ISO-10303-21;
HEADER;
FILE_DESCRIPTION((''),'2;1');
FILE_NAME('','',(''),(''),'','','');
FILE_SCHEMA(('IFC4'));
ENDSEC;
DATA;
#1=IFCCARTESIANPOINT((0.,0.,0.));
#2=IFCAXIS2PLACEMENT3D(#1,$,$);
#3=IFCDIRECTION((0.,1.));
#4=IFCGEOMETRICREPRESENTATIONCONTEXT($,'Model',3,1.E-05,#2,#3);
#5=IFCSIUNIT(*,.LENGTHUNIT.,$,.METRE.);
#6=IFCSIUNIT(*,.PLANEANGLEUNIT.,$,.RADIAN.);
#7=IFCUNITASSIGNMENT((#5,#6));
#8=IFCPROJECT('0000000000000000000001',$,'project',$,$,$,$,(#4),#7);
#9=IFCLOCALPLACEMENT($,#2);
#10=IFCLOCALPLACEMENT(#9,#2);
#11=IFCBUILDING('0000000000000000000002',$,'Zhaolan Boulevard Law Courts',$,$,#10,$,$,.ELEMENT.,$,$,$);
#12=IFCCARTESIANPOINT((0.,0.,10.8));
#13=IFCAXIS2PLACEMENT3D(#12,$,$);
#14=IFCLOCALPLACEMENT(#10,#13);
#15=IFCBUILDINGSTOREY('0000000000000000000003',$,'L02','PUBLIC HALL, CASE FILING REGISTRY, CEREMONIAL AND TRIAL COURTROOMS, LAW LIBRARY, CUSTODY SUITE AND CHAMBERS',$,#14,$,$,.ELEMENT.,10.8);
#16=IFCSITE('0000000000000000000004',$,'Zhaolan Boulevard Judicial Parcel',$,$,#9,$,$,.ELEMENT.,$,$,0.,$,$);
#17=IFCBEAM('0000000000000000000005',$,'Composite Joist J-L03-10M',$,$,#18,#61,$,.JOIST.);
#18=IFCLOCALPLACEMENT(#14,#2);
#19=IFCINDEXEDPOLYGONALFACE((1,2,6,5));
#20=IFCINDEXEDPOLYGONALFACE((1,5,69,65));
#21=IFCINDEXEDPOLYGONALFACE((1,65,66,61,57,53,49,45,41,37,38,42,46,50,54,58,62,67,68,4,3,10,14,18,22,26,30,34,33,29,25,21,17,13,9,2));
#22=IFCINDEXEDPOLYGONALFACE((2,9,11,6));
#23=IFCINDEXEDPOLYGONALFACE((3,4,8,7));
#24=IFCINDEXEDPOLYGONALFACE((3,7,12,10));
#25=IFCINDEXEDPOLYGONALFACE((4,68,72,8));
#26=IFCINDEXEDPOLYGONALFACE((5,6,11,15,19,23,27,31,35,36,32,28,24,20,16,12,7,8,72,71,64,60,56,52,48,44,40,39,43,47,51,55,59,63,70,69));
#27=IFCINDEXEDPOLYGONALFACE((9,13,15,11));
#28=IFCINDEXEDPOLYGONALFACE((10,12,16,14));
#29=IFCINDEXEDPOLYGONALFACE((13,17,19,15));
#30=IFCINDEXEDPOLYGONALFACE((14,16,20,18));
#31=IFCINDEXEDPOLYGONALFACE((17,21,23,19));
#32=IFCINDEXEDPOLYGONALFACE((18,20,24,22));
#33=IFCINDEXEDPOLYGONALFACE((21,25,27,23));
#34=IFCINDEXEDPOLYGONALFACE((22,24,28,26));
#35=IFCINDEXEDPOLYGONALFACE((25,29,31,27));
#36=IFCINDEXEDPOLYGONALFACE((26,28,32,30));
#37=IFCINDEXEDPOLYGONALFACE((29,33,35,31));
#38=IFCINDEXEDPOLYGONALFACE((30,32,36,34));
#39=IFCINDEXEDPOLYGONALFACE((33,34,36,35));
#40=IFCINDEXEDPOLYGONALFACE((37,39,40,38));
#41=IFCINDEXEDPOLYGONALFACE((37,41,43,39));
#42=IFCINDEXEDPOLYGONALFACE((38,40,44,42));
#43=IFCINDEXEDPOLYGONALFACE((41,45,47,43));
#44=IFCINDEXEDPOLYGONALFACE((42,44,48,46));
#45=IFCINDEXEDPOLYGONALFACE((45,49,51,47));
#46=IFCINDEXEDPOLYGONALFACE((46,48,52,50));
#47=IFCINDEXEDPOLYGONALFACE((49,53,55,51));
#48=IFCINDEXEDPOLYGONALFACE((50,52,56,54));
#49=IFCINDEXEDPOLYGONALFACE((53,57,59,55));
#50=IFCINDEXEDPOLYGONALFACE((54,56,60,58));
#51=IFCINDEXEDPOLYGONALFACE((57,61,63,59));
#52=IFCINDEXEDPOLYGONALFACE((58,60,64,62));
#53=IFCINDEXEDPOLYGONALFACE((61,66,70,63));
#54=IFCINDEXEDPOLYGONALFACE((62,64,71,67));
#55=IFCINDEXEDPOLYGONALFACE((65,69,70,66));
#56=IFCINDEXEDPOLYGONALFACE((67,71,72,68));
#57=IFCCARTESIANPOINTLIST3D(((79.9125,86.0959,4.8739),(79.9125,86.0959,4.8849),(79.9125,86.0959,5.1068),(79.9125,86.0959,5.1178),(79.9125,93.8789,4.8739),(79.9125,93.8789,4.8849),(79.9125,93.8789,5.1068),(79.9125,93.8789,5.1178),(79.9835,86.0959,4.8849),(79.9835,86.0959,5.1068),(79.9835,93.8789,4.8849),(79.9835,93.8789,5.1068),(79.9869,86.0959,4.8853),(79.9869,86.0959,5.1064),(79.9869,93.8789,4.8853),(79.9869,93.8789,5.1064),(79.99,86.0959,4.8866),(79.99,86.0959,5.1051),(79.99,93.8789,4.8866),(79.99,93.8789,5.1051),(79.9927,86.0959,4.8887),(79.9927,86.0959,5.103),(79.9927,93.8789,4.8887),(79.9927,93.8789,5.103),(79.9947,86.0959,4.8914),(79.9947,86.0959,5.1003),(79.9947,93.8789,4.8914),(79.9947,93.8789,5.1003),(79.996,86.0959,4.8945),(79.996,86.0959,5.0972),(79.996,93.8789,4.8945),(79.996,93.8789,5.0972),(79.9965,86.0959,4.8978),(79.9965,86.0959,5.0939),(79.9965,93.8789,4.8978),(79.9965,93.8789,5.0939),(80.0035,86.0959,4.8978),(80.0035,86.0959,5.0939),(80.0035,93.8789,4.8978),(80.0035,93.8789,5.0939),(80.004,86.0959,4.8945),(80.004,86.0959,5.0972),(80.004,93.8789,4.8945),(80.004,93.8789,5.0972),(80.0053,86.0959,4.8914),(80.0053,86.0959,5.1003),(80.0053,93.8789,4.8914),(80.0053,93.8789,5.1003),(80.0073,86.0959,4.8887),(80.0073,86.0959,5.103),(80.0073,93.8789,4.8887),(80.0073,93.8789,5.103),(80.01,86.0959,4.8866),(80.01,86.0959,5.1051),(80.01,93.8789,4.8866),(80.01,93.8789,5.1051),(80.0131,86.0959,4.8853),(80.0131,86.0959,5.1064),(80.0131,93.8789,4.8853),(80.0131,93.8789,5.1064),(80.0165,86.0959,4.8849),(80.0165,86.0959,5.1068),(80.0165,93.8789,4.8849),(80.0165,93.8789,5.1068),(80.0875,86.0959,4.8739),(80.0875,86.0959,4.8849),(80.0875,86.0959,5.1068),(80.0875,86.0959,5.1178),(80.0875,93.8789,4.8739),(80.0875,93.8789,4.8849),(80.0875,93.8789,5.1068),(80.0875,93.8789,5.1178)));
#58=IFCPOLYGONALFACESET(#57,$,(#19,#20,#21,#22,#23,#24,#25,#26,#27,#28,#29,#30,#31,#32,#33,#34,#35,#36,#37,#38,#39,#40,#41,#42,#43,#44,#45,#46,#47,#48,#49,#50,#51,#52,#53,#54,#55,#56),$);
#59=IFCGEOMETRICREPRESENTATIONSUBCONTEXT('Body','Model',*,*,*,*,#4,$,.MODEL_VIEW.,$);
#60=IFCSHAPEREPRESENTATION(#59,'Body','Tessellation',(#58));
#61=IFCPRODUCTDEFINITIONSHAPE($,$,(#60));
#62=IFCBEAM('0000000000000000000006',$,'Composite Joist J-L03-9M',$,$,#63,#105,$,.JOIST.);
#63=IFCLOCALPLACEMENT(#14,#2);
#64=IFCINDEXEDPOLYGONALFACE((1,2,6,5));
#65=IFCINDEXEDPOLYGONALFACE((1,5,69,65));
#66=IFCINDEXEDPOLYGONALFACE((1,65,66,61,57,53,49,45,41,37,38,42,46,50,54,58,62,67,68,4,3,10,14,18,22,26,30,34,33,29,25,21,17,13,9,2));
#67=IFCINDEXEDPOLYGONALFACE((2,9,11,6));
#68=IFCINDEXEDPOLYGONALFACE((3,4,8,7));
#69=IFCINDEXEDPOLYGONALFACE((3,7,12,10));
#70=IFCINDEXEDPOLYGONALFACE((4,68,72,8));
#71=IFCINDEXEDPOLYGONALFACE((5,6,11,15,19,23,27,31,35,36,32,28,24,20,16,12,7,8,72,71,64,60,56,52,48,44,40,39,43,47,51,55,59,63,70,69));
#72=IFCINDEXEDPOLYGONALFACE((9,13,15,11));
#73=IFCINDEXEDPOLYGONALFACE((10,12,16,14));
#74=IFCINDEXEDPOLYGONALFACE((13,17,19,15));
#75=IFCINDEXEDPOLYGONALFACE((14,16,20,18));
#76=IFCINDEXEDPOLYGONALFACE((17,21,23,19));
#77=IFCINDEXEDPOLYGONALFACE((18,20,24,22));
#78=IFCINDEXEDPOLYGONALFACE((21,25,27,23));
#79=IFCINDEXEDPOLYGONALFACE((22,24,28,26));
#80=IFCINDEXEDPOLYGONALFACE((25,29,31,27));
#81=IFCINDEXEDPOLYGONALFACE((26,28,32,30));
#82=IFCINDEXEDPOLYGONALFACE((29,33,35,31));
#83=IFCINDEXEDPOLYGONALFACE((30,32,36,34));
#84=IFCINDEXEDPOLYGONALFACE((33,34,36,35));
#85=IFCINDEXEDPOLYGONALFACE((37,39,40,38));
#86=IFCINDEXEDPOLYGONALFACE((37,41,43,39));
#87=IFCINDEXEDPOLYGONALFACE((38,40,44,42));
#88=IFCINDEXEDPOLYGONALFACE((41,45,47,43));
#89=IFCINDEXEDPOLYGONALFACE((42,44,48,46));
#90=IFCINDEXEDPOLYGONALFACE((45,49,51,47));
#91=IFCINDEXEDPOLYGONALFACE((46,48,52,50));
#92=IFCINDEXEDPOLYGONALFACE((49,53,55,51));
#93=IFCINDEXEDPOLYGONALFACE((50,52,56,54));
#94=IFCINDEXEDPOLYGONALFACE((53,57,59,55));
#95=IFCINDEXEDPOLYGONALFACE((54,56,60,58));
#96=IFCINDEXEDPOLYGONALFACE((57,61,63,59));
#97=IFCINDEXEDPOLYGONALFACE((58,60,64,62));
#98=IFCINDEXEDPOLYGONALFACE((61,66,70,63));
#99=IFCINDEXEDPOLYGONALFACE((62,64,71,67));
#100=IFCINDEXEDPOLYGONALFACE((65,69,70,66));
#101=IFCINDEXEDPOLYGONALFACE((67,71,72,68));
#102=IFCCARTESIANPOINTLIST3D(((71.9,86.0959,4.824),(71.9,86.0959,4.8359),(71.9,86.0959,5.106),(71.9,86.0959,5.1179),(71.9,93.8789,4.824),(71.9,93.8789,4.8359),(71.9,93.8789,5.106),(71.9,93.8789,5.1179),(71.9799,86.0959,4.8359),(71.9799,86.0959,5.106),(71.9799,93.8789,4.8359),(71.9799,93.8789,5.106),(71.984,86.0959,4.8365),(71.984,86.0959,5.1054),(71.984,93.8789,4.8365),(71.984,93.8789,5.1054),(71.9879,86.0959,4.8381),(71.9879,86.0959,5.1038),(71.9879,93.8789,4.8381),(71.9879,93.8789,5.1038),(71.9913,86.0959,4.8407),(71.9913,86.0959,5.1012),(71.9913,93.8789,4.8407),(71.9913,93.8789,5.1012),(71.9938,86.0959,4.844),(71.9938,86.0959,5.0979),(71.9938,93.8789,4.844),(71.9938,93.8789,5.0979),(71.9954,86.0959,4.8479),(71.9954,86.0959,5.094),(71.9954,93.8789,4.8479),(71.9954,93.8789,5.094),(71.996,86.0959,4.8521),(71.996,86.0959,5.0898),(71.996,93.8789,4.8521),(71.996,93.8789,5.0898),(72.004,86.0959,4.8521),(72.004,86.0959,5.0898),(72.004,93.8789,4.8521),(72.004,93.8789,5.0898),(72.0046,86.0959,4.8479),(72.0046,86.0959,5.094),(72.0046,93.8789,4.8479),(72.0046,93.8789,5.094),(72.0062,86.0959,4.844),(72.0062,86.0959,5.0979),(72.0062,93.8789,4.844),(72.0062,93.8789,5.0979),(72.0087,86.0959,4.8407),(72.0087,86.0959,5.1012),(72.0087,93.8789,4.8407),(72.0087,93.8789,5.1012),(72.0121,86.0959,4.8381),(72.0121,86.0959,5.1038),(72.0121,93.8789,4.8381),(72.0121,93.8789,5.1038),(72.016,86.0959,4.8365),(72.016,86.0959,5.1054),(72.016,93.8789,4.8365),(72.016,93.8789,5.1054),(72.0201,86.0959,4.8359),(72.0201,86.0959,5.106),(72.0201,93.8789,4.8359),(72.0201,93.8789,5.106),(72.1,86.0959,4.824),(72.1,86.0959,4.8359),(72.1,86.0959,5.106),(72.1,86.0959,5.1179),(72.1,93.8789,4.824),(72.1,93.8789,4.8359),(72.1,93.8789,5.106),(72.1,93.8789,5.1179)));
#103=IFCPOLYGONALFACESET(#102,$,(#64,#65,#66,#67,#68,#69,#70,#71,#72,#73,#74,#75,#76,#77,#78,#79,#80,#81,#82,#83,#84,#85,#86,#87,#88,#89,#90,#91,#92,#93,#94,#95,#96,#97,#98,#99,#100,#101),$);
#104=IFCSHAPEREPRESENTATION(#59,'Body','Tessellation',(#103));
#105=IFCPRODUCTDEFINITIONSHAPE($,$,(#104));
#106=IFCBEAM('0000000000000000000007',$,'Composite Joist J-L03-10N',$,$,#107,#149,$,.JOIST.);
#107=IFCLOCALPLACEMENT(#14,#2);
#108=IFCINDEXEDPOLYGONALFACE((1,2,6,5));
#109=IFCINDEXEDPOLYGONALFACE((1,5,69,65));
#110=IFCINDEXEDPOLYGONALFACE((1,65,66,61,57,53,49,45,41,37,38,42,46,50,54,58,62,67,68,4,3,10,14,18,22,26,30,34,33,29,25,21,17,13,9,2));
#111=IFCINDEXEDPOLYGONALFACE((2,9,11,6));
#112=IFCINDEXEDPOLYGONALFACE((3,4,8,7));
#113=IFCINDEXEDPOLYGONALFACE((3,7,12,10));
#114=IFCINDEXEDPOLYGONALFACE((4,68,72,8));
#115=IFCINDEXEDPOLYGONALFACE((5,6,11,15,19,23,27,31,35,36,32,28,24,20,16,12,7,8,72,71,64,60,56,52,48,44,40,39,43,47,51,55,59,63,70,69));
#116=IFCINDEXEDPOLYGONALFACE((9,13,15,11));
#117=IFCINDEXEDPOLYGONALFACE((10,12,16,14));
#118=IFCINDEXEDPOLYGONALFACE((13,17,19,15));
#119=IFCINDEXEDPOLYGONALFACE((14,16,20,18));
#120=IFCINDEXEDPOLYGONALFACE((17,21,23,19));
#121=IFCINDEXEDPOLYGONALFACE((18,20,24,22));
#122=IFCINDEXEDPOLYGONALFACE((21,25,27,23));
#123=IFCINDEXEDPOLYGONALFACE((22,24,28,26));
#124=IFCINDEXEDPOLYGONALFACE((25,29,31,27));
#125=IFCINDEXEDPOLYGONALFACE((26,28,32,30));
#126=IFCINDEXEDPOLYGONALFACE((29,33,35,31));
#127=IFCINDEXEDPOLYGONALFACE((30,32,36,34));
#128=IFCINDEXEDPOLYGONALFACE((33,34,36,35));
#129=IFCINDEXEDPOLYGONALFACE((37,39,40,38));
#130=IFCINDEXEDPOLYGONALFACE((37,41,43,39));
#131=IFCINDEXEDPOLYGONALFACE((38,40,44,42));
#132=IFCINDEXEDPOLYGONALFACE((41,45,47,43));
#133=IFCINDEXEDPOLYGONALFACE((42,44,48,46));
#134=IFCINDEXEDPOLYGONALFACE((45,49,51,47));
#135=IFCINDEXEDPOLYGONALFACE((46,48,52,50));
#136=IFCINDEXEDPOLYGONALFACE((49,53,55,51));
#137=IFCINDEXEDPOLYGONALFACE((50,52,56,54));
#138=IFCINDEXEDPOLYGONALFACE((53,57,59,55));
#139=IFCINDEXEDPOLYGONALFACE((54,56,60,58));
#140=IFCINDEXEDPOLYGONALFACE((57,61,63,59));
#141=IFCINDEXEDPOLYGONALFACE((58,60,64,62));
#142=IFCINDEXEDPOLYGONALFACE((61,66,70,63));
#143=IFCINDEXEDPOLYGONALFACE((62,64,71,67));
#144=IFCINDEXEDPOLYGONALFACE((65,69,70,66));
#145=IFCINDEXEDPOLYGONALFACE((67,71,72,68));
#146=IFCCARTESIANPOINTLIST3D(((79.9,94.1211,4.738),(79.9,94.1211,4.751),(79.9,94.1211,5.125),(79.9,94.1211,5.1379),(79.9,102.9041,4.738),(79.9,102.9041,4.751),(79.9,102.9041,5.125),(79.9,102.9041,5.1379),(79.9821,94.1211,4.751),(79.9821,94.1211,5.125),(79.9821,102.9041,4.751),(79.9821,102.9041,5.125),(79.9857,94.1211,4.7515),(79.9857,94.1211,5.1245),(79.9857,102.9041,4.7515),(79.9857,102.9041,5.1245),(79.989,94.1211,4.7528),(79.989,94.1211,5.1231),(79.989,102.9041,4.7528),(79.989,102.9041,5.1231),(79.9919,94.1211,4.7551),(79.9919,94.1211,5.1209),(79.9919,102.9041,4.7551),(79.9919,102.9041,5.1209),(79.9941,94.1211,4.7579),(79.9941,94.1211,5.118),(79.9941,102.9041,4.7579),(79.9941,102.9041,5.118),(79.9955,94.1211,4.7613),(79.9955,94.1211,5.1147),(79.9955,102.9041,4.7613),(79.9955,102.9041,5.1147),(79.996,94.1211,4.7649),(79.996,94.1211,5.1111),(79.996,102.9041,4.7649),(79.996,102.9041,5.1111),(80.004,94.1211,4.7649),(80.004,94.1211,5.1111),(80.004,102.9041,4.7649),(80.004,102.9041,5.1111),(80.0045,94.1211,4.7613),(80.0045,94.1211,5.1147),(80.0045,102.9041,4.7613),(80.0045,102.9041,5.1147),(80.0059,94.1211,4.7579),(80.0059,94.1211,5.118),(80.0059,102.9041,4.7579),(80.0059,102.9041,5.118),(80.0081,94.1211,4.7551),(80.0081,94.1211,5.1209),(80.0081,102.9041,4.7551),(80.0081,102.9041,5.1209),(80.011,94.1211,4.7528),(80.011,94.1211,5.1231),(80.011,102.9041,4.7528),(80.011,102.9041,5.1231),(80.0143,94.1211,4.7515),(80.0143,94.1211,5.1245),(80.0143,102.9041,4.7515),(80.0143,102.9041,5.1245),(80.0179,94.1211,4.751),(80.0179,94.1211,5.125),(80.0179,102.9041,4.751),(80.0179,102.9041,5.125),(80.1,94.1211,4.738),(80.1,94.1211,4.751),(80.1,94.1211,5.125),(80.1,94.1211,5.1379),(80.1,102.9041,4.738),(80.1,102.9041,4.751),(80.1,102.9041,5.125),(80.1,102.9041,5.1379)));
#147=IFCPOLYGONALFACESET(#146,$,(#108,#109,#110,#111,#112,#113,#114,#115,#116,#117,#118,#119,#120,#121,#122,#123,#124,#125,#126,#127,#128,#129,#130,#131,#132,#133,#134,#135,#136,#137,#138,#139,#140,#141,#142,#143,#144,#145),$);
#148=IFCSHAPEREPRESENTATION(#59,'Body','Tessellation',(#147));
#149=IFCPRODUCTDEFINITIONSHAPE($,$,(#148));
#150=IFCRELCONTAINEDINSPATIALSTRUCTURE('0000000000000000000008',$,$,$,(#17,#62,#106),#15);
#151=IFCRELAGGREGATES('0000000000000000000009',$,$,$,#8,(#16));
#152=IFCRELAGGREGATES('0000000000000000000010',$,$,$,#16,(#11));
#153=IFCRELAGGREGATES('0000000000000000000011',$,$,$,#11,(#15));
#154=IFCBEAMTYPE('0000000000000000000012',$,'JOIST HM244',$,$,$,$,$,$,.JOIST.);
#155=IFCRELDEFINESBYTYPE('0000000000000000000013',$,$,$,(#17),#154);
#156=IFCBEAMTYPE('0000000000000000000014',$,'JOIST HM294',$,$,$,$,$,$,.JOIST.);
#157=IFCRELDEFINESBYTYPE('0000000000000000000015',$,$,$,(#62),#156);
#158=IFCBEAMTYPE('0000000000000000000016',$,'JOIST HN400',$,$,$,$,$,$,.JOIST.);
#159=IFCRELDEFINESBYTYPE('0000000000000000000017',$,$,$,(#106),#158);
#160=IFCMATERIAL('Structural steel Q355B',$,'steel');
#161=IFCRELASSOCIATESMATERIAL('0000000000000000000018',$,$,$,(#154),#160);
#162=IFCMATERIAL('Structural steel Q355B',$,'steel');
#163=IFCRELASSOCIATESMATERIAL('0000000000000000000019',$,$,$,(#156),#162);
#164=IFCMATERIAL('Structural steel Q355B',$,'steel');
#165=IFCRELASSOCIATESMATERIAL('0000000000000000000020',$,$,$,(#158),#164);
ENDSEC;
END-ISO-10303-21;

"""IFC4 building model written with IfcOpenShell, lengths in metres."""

from ifc_helpers import new_model, si_unit, direction, frame, origin, origin_2d, place, context, subcontext, project, spatial, i_section, extrude, material, material_profile, profile_set, type_object, element, save


model = new_model("IFC4")

# Units and contexts
model_context = context("Model", 3, precision=1e-05, world=origin(), true_north=direction((0.0, 1.0)))
body_context = subcontext(model_context, "Body", "Model", "MODEL_VIEW")
ifc_project = project(units=[si_unit("LENGTHUNIT", "METRE"), si_unit("PLANEANGLEUNIT", "RADIAN")], contexts=[model_context])

# Site, building, storey
site_placement = place(None, origin())
site = spatial("IfcSite", under=ifc_project, at=site_placement, Name="Zhaolan Boulevard Judicial Parcel", CompositionType="ELEMENT", RefElevation=0.0)
building_placement = place(site_placement, origin())
building = spatial("IfcBuilding", under=site, at=building_placement, Name="Zhaolan Boulevard Law Courts", CompositionType="ELEMENT")
storey_placement = place(building_placement, frame((0.0, 0.0, 10.8)))
storey = spatial("IfcBuildingStorey", under=building, at=storey_placement, Name="L02", Description="PUBLIC HALL, CASE FILING REGISTRY, CEREMONIAL AND TRIAL COURTROOMS, LAW LIBRARY, CUSTODY SUITE AND CHAMBERS", CompositionType="ELEMENT", Elevation=10.8)

# Beams
ifc_material_1 = material(Name="Structural steel Q355B", Category="steel")
ifc_material_profile_1 = material_profile(ifc_material_1, i_section(OverallWidth=0.175, OverallDepth=0.2439, WebThickness=0.0071, FlangeThickness=0.011, FilletRadius=0.0129, at=origin_2d()), Name="HM244x175")
ifc_profile_set_1 = profile_set([ifc_material_profile_1], Name="Structural steel Q355B")
beam_type_1 = type_object("IfcBeamType", Name="JOIST HM244", PredefinedType="JOIST", material=ifc_profile_set_1)
beam_1_placement = place(storey_placement, frame((80.0, 86.0959, 4.9958), z_axis=(0.0, 1.0, 0.0), x_axis=(-1.0, 0.0, 0.0)))
element("IfcBeam", 1, at=beam_1_placement, inside=storey, type_object=beam_type_1, Name="Composite Joist J-L03-10M", PredefinedType="JOIST", context=body_context, shape_type="SweptSolid", body=[
    extrude(i_section(OverallWidth=0.175, OverallDepth=0.2439, WebThickness=0.0071, FlangeThickness=0.011, FilletRadius=0.0129, at=origin_2d()), origin(), (0.0, 0.0, 1.0), 7.783),
])
ifc_material_2 = material(Name="Structural steel Q355B", Category="steel")
ifc_material_profile_2 = material_profile(ifc_material_2, i_section(OverallWidth=0.2, OverallDepth=0.2939, WebThickness=0.0081, FlangeThickness=0.012, FilletRadius=0.0161, at=origin_2d()), Name="HM294x200")
ifc_profile_set_2 = profile_set([ifc_material_profile_2], Name="Structural steel Q355B")
beam_type_2 = type_object("IfcBeamType", Name="JOIST HM294", PredefinedType="JOIST", material=ifc_profile_set_2)
beam_2_placement = place(storey_placement, frame((72.0, 86.0959, 4.9709), z_axis=(0.0, 1.0, 0.0), x_axis=(-1.0, 0.0, 0.0)))
element("IfcBeam", 2, at=beam_2_placement, inside=storey, type_object=beam_type_2, Name="Composite Joist J-L03-9M", PredefinedType="JOIST", context=body_context, shape_type="SweptSolid", body=[
    extrude(i_section(OverallWidth=0.2, OverallDepth=0.2939, WebThickness=0.0081, FlangeThickness=0.012, FilletRadius=0.0161, at=origin_2d()), origin(), (0.0, 0.0, 1.0), 7.783),
])
ifc_material_3 = material(Name="Structural steel Q355B", Category="steel")
ifc_material_profile_3 = material_profile(ifc_material_3, i_section(OverallWidth=0.2, OverallDepth=0.3999, WebThickness=0.0081, FlangeThickness=0.0129, FilletRadius=0.0139, at=origin_2d()), Name="HN400x200")
ifc_profile_set_3 = profile_set([ifc_material_profile_3], Name="Structural steel Q355B")
beam_type_3 = type_object("IfcBeamType", Name="JOIST HN400", PredefinedType="JOIST", material=ifc_profile_set_3)
beam_3_placement = place(storey_placement, frame((80.0, 94.1211, 4.938), z_axis=(0.0, 1.0, 0.0), x_axis=(-1.0, 0.0, 0.0)))
element("IfcBeam", 3, at=beam_3_placement, inside=storey, type_object=beam_type_3, Name="Composite Joist J-L03-10N", PredefinedType="JOIST", context=body_context, shape_type="SweptSolid", body=[
    extrude(i_section(OverallWidth=0.2, OverallDepth=0.3999, WebThickness=0.0081, FlangeThickness=0.0129, FilletRadius=0.0139, at=origin_2d()), origin(), (0.0, 0.0, 1.0), 8.783),
])

save(model, "model.ifc")
